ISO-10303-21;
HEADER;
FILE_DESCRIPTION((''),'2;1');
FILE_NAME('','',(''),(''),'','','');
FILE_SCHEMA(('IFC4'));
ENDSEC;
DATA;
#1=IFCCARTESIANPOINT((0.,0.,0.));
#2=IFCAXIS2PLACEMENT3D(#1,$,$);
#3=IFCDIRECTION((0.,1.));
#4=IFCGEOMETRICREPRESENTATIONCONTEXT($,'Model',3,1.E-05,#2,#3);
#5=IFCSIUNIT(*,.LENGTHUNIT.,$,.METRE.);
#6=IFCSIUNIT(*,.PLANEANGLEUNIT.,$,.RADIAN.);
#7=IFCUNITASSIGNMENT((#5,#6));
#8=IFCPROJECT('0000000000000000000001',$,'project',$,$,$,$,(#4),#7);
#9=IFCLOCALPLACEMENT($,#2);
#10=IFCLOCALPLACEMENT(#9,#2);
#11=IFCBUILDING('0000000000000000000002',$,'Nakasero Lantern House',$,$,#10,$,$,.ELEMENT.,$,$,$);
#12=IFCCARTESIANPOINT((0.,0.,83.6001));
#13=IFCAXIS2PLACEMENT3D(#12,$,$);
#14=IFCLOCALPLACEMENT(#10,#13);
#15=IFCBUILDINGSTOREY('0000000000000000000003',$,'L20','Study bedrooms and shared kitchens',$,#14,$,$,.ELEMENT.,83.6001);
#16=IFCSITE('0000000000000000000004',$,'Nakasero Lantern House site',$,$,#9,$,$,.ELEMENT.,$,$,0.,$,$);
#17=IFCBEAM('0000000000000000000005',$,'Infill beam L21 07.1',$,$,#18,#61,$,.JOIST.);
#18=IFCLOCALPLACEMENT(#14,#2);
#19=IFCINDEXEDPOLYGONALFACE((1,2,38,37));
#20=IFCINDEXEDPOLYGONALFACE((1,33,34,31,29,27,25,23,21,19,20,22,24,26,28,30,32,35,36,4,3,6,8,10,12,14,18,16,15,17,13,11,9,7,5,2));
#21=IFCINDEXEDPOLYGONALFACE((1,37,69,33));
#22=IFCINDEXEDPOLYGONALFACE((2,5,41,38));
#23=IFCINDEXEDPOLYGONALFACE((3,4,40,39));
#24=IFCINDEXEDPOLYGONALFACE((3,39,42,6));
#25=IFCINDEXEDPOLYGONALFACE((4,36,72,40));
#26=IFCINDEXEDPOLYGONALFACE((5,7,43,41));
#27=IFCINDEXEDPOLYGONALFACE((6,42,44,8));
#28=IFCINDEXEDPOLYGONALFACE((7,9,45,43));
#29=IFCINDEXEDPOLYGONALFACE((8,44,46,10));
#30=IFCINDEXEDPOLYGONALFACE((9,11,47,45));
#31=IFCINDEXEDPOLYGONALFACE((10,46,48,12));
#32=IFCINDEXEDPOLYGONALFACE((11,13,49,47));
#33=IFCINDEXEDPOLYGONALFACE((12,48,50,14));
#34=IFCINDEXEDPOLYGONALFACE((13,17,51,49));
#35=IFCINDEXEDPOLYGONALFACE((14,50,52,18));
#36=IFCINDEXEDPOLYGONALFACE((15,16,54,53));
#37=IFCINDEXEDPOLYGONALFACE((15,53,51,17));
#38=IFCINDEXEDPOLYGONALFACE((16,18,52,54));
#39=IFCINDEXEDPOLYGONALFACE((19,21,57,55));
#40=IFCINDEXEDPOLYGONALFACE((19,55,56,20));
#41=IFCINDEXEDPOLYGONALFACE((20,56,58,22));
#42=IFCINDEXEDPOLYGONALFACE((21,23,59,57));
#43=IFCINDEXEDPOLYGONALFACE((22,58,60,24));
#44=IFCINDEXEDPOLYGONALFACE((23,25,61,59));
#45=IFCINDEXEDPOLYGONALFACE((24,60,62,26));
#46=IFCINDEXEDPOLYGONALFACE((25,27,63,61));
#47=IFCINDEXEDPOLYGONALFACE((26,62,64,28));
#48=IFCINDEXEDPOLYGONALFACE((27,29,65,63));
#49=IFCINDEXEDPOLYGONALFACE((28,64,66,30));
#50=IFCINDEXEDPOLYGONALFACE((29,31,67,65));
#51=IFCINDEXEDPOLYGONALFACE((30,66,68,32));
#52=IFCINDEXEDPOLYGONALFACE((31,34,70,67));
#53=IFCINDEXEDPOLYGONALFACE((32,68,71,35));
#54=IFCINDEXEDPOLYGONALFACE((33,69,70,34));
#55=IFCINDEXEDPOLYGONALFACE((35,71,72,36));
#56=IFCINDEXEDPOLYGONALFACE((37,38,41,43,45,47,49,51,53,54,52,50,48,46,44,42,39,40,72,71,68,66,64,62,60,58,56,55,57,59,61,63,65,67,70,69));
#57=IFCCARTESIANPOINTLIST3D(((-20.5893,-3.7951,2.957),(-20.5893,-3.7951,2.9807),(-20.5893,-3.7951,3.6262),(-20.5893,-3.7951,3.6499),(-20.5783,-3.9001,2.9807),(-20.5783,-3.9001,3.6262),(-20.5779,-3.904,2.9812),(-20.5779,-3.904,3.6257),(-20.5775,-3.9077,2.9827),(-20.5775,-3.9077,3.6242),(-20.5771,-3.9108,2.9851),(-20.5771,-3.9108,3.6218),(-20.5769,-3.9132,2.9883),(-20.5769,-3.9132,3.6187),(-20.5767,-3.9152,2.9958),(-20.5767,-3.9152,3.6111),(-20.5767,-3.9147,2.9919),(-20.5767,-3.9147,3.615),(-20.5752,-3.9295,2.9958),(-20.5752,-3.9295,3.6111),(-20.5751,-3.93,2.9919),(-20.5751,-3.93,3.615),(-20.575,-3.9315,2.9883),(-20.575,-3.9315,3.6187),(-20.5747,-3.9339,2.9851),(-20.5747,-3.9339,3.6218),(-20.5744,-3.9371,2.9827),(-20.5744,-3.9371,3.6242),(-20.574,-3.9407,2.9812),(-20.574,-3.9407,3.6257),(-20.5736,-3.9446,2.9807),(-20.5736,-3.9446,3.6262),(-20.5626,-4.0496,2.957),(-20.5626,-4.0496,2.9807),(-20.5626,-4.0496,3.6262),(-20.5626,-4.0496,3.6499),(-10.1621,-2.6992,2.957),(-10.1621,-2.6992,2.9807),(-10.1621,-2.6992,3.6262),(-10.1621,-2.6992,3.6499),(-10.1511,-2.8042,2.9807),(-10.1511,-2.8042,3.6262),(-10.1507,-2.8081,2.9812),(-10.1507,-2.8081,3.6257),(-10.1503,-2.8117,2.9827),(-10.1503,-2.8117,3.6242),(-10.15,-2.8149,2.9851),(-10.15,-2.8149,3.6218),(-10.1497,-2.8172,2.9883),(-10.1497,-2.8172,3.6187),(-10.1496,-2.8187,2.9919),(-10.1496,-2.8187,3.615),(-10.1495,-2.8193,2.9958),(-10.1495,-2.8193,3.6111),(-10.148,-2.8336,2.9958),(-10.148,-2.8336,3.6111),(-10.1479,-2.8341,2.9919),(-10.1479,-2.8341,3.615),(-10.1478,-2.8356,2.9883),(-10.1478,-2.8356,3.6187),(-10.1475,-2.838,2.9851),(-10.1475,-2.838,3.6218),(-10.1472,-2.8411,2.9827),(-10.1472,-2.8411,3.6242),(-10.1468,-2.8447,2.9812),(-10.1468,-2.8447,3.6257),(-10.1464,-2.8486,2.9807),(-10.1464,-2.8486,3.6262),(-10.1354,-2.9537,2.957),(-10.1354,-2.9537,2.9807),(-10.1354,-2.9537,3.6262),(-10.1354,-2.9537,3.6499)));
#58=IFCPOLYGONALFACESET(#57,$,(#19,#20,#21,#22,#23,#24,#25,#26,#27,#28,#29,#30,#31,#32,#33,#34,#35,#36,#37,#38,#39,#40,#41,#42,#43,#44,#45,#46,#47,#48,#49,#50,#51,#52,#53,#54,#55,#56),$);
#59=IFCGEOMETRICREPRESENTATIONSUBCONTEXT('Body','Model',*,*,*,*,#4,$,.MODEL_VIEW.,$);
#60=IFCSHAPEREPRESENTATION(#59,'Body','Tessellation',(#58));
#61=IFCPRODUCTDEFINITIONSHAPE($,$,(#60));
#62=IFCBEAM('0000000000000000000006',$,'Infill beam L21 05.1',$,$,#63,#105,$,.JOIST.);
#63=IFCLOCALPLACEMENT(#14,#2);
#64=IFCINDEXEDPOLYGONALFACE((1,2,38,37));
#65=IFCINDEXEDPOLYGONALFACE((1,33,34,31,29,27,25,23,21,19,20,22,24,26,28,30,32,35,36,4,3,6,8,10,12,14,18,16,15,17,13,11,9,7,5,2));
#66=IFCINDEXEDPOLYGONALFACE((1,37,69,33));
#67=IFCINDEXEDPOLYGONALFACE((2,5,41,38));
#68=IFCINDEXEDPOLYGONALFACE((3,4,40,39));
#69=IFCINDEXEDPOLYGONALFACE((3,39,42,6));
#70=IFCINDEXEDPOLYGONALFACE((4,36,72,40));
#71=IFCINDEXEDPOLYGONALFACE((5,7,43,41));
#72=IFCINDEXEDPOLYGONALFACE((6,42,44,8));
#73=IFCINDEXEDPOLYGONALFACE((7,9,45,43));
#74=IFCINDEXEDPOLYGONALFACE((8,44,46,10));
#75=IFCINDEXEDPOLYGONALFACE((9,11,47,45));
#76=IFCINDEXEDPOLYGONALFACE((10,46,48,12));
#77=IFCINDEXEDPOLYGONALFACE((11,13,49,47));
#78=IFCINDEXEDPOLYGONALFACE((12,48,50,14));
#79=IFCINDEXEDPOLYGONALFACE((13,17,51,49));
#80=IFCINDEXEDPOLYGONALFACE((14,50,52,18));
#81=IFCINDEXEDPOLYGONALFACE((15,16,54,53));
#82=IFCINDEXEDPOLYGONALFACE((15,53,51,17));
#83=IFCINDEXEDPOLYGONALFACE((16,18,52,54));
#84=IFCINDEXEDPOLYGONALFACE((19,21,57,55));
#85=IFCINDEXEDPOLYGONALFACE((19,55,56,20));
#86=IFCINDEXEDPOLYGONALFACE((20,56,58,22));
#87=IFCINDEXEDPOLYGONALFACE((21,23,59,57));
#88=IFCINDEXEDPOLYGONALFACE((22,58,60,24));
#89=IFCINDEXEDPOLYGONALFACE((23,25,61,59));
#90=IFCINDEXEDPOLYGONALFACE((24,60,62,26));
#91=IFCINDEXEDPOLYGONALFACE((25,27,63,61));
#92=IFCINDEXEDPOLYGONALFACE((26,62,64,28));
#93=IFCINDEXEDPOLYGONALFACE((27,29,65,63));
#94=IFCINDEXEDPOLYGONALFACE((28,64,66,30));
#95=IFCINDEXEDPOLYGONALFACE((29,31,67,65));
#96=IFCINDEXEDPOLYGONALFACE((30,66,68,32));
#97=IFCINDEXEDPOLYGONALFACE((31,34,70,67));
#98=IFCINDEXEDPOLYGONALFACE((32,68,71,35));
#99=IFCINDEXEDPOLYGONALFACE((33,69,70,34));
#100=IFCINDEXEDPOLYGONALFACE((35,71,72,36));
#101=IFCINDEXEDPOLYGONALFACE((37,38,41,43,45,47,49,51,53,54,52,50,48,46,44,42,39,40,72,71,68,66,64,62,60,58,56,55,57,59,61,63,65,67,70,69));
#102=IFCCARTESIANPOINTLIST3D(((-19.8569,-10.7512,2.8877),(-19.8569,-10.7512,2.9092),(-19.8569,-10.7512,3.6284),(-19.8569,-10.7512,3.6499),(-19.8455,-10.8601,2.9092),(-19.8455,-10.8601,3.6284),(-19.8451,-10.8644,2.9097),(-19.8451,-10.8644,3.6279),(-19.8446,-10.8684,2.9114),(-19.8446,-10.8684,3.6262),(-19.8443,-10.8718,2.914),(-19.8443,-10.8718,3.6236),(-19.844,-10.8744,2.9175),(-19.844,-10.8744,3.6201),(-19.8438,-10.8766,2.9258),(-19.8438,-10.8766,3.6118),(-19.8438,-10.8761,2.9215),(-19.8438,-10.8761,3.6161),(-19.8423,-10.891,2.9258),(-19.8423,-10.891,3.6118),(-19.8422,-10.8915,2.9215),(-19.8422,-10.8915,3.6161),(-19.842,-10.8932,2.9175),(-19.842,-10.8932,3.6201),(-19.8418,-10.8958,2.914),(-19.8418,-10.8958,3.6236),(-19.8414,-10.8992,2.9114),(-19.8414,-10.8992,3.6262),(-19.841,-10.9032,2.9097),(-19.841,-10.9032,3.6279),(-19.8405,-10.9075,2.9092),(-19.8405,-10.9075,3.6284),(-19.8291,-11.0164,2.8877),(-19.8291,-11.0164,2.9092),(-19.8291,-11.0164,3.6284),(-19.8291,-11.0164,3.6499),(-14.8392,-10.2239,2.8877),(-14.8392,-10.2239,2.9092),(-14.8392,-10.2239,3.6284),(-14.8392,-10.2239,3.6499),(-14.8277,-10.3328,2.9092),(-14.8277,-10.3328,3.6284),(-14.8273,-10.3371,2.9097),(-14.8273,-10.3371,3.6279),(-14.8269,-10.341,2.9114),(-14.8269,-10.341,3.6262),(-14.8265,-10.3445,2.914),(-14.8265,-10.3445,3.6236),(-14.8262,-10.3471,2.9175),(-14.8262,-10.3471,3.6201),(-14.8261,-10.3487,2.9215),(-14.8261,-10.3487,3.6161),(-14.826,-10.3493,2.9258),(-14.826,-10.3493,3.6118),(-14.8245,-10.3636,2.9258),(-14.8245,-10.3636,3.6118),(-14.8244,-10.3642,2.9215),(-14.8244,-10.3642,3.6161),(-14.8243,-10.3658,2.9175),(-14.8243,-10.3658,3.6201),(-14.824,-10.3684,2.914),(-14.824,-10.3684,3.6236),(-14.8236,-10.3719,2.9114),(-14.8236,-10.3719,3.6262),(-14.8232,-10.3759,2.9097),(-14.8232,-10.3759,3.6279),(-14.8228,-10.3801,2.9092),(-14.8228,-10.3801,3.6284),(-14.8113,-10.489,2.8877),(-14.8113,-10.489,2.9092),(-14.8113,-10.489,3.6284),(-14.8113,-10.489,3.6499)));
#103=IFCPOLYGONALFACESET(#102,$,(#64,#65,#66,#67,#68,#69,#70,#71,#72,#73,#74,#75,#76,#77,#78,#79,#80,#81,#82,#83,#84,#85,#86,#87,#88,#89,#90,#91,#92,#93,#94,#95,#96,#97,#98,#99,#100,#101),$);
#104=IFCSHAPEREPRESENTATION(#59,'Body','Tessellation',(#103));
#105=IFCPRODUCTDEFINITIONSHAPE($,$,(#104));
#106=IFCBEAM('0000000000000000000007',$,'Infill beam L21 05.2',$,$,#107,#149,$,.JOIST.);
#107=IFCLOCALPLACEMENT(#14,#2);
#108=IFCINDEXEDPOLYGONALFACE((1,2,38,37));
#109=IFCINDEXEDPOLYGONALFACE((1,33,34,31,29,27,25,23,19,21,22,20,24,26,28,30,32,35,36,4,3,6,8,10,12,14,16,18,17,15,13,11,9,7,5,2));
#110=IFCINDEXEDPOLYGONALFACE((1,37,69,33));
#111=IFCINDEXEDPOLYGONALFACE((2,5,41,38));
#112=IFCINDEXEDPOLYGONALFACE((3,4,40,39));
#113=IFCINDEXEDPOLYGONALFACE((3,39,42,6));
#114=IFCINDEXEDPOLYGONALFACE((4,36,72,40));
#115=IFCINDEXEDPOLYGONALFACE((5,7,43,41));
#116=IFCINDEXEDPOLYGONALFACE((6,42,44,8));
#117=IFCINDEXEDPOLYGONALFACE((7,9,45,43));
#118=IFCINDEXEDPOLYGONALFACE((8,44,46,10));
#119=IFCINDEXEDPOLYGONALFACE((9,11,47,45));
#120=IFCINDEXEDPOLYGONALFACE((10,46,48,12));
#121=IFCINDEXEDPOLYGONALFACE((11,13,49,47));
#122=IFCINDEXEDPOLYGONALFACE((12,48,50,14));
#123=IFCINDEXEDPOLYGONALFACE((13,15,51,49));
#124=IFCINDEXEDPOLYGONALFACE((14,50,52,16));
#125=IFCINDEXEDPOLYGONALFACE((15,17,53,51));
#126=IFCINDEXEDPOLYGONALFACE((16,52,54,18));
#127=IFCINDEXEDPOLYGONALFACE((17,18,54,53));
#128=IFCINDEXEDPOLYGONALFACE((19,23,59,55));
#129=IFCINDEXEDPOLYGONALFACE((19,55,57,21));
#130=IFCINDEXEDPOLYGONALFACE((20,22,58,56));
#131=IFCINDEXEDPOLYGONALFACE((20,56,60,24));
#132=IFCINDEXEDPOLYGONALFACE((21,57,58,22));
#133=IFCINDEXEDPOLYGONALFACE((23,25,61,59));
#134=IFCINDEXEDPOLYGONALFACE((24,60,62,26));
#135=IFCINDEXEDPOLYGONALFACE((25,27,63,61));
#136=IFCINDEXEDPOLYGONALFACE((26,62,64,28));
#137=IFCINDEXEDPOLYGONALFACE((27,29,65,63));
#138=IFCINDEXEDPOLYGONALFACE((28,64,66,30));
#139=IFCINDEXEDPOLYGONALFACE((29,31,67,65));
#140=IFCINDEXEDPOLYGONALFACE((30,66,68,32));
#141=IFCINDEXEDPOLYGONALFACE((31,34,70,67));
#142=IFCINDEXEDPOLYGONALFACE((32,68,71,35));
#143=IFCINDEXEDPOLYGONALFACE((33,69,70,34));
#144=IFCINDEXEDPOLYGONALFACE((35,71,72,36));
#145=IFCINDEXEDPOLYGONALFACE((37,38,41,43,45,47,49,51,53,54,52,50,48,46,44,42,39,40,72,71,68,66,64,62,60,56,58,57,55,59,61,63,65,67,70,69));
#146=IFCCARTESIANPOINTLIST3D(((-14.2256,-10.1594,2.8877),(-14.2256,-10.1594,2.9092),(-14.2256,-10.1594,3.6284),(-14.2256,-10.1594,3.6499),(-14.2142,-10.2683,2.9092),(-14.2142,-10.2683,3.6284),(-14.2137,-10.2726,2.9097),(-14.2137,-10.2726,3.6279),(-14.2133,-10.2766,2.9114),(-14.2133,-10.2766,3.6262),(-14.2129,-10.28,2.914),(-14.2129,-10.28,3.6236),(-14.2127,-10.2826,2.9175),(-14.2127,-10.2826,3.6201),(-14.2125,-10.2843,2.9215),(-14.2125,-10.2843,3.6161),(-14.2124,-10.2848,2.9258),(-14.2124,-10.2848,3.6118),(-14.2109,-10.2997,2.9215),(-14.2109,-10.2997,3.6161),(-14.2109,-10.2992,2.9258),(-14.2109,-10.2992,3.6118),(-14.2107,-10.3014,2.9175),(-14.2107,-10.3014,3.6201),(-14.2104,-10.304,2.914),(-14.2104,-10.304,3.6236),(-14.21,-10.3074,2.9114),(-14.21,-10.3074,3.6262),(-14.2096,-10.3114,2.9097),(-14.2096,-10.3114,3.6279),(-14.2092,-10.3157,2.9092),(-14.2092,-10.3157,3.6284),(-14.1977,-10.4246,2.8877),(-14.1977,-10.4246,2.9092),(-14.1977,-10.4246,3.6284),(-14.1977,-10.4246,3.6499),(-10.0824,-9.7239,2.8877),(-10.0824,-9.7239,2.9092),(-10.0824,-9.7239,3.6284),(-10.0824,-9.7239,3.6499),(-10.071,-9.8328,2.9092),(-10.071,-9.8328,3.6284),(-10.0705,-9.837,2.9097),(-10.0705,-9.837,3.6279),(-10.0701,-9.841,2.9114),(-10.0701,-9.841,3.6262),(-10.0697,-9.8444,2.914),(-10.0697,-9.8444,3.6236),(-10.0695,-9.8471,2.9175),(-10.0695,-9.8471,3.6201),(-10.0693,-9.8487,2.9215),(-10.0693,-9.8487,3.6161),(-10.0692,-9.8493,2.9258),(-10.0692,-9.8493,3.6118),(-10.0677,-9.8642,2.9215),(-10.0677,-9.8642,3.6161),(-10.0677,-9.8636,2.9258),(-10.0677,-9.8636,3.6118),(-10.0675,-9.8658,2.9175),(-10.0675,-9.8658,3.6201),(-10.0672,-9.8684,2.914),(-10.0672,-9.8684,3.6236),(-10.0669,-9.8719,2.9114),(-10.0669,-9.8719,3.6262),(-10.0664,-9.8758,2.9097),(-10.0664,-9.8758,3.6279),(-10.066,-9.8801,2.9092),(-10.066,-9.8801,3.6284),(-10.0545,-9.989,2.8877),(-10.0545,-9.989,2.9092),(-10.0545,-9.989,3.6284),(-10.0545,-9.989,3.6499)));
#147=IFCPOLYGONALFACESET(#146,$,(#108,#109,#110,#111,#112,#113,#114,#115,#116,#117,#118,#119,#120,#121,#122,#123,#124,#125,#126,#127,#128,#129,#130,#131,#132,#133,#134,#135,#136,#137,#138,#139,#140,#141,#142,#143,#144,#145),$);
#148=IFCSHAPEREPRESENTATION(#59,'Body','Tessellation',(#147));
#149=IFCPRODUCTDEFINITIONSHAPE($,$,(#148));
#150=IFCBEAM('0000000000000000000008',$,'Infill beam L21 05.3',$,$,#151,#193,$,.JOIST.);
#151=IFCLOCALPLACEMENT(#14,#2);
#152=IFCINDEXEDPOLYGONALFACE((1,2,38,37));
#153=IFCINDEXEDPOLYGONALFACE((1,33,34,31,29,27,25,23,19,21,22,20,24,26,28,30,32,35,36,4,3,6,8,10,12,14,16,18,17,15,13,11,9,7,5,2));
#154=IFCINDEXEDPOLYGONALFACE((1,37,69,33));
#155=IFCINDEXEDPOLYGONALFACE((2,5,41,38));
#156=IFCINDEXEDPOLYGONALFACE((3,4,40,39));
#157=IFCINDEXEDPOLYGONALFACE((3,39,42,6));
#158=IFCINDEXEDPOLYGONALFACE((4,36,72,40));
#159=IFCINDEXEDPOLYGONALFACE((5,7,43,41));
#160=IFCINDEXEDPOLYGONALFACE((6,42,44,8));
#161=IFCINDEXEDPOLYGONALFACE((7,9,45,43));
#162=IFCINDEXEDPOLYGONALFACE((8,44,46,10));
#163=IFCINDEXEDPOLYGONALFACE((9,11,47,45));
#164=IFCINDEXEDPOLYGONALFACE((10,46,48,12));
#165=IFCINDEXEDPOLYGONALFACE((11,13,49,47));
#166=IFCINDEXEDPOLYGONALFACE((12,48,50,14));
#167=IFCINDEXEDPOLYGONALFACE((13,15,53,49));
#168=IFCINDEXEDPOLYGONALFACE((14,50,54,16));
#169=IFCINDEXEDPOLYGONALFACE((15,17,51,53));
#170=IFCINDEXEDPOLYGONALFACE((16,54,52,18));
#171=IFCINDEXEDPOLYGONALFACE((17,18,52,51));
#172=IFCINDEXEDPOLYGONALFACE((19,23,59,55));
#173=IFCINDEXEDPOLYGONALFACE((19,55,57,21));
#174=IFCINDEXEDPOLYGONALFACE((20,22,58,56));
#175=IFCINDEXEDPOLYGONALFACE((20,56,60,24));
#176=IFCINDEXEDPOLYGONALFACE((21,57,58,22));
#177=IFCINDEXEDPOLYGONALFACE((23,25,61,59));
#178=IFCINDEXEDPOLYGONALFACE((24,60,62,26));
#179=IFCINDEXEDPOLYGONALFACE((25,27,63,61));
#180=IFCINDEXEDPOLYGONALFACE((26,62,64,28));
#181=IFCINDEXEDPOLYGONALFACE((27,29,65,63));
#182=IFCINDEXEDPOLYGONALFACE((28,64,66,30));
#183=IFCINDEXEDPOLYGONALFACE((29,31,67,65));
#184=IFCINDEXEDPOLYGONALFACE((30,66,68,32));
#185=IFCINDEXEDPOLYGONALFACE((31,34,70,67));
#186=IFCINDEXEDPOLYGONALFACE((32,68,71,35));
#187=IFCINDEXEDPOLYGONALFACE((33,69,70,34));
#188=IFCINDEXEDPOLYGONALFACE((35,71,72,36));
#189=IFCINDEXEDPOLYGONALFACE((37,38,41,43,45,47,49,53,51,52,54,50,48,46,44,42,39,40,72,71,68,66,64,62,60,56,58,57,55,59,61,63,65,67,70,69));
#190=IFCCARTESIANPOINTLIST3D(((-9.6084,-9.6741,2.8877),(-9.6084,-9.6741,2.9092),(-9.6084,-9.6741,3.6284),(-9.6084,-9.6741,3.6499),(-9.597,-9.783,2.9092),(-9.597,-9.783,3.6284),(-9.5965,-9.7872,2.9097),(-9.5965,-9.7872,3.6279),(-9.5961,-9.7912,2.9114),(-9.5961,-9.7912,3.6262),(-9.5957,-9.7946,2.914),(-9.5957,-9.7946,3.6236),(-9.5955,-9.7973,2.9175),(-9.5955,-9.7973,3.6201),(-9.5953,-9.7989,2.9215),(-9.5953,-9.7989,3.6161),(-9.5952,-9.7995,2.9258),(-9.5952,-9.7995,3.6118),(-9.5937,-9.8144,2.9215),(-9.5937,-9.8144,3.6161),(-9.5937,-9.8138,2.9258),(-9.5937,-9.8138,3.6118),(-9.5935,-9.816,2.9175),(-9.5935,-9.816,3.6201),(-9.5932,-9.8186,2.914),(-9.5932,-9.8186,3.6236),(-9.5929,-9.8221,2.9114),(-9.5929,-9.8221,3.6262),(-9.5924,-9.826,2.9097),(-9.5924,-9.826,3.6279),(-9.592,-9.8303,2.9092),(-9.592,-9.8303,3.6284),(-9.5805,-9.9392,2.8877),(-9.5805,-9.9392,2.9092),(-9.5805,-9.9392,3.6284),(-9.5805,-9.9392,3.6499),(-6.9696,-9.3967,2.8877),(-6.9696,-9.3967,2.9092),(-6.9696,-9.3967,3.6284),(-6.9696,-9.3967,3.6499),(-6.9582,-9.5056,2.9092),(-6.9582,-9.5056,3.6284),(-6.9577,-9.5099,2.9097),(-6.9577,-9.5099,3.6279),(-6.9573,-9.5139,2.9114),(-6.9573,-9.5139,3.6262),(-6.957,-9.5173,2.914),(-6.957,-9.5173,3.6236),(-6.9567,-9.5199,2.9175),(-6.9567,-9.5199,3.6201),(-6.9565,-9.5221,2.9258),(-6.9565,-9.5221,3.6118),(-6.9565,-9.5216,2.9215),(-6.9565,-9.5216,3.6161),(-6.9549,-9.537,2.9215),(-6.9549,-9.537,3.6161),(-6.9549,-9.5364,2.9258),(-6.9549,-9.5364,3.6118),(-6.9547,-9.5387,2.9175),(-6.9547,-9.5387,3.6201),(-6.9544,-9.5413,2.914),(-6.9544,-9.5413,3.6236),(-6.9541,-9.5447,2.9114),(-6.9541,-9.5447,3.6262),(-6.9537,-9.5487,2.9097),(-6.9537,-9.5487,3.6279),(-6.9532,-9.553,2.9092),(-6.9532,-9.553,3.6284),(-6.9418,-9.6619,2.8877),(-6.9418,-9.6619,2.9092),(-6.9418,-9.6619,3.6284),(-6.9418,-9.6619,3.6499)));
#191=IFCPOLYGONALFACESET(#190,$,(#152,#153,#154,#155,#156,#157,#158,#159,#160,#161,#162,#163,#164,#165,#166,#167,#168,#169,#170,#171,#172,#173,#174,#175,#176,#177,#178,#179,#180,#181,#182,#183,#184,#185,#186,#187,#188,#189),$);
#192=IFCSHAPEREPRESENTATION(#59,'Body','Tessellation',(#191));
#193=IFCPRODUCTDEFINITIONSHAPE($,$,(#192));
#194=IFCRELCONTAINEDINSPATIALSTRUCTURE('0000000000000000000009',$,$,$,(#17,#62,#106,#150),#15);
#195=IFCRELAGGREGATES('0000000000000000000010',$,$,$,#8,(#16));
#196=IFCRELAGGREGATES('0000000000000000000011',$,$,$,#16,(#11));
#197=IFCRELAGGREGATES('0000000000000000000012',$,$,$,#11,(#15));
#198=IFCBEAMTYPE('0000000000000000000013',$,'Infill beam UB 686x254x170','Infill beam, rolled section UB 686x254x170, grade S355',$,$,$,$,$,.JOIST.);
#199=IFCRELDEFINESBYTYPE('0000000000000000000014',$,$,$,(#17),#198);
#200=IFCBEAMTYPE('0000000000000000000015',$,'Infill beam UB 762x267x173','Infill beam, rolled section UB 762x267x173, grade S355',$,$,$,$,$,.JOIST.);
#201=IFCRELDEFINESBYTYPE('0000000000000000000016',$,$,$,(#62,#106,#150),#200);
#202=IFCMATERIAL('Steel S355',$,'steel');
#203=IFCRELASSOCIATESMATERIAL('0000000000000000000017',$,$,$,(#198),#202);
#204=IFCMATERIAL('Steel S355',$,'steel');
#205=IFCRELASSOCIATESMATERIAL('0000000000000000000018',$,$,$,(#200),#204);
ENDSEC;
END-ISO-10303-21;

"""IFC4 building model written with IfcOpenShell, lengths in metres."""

from ifc_helpers import new_model, si_unit, direction, frame, origin, origin_2d, place, context, subcontext, project, spatial, i_section, extrude, material, material_profile, profile_set, type_object, element, save


model = new_model("IFC4")

# Units and contexts
model_context = context("Model", 3, precision=1e-05, world=origin(), true_north=direction((0.0, 1.0)))
body_context = subcontext(model_context, "Body", "Model", "MODEL_VIEW")
ifc_project = project(units=[si_unit("LENGTHUNIT", "METRE"), si_unit("PLANEANGLEUNIT", "RADIAN")], contexts=[model_context])

# Site, building, storey
site_placement = place(None, origin())
site = spatial("IfcSite", under=ifc_project, at=site_placement, Name="Nakasero Lantern House site", CompositionType="ELEMENT", RefElevation=0.0)
building_placement = place(site_placement, origin())
building = spatial("IfcBuilding", under=site, at=building_placement, Name="Nakasero Lantern House", CompositionType="ELEMENT")
storey_placement = place(building_placement, frame((0.0, 0.0, 83.6001)))
storey = spatial("IfcBuildingStorey", under=building, at=storey_placement, Name="L20", Description="Study bedrooms and shared kitchens", CompositionType="ELEMENT", Elevation=83.6001)

# Beams
ifc_material_1 = material(Name="Steel S355", Category="steel")
ifc_material_profile_1 = material_profile(ifc_material_1, i_section(OverallWidth=0.2559, OverallDepth=0.6929, WebThickness=0.0144, FlangeThickness=0.0237, FilletRadius=0.0151, at=origin_2d()), Name="UB 686x254x170")
ifc_profile_set_1 = profile_set([ifc_material_profile_1], Name="Steel S355")
beam_type_1 = type_object("IfcBeamType", Name="Infill beam UB 686x254x170", Description="Infill beam, rolled section UB 686x254x170, grade S355", PredefinedType="JOIST", material=ifc_profile_set_1)
beam_1_placement = place(storey_placement, frame((-20.5759, -3.9224, 3.3035), z_axis=(0.994522, 0.104528, 0.0), x_axis=(-0.104528, 0.994522, 0.0)))
element("IfcBeam", 1, at=beam_1_placement, inside=storey, type_object=beam_type_1, Name="Infill beam L21 07.1", PredefinedType="JOIST", context=body_context, shape_type="SweptSolid", body=[
    extrude(i_section(OverallWidth=0.2559, OverallDepth=0.6929, WebThickness=0.0144, FlangeThickness=0.0237, FilletRadius=0.0151, at=origin_2d()), origin(), (0.0, 0.0, 1.0), 10.4846),
])
ifc_material_2 = material(Name="Steel S355", Category="steel")
ifc_material_profile_2 = material_profile(ifc_material_2, i_section(OverallWidth=0.2666, OverallDepth=0.7622, WebThickness=0.0144, FlangeThickness=0.0215, FilletRadius=0.0166, at=origin_2d()), Name="UB 762x267x173")
ifc_profile_set_2 = profile_set([ifc_material_profile_2], Name="Steel S355")
beam_type_2 = type_object("IfcBeamType", Name="Infill beam UB 762x267x173", Description="Infill beam, rolled section UB 762x267x173, grade S355", PredefinedType="JOIST", material=ifc_profile_set_2)
beam_2_placement = place(storey_placement, frame((-19.843, -10.8838, 3.2688), z_axis=(0.994523, 0.104519, 0.0), x_axis=(-0.104519, 0.994523, 0.0)))
element("IfcBeam", 2, at=beam_2_placement, inside=storey, type_object=beam_type_2, Name="Infill beam L21 05.1", PredefinedType="JOIST", context=body_context, shape_type="SweptSolid", body=[
    extrude(i_section(OverallWidth=0.2666, OverallDepth=0.7622, WebThickness=0.0144, FlangeThickness=0.0215, FilletRadius=0.0166, at=origin_2d()), origin(), (0.0, 0.0, 1.0), 5.0454),
])
beam_3_placement = place(storey_placement, frame((-14.2117, -10.292, 3.2688), z_axis=(0.99452, 0.104551, 0.0), x_axis=(-0.104551, 0.99452, 0.0)))
element("IfcBeam", 3, at=beam_3_placement, inside=storey, type_object=beam_type_2, Name="Infill beam L21 05.2", PredefinedType="JOIST", context=body_context, shape_type="SweptSolid", body=[
    extrude(i_section(OverallWidth=0.2666, OverallDepth=0.7622, WebThickness=0.0144, FlangeThickness=0.0215, FilletRadius=0.0166, at=origin_2d()), origin(), (0.0, 0.0, 1.0), 4.166),
])
beam_4_placement = place(storey_placement, frame((-9.5945, -9.8066, 3.2688), z_axis=(0.994522, 0.104532, 0.0), x_axis=(-0.104532, 0.994522, 0.0)))
element("IfcBeam", 4, at=beam_4_placement, inside=storey, type_object=beam_type_2, Name="Infill beam L21 05.3", PredefinedType="JOIST", context=body_context, shape_type="SweptSolid", body=[
    extrude(i_section(OverallWidth=0.2666, OverallDepth=0.7622, WebThickness=0.0144, FlangeThickness=0.0215, FilletRadius=0.0166, at=origin_2d()), origin(), (0.0, 0.0, 1.0), 2.6533),
])

save(model, "model.ifc")
